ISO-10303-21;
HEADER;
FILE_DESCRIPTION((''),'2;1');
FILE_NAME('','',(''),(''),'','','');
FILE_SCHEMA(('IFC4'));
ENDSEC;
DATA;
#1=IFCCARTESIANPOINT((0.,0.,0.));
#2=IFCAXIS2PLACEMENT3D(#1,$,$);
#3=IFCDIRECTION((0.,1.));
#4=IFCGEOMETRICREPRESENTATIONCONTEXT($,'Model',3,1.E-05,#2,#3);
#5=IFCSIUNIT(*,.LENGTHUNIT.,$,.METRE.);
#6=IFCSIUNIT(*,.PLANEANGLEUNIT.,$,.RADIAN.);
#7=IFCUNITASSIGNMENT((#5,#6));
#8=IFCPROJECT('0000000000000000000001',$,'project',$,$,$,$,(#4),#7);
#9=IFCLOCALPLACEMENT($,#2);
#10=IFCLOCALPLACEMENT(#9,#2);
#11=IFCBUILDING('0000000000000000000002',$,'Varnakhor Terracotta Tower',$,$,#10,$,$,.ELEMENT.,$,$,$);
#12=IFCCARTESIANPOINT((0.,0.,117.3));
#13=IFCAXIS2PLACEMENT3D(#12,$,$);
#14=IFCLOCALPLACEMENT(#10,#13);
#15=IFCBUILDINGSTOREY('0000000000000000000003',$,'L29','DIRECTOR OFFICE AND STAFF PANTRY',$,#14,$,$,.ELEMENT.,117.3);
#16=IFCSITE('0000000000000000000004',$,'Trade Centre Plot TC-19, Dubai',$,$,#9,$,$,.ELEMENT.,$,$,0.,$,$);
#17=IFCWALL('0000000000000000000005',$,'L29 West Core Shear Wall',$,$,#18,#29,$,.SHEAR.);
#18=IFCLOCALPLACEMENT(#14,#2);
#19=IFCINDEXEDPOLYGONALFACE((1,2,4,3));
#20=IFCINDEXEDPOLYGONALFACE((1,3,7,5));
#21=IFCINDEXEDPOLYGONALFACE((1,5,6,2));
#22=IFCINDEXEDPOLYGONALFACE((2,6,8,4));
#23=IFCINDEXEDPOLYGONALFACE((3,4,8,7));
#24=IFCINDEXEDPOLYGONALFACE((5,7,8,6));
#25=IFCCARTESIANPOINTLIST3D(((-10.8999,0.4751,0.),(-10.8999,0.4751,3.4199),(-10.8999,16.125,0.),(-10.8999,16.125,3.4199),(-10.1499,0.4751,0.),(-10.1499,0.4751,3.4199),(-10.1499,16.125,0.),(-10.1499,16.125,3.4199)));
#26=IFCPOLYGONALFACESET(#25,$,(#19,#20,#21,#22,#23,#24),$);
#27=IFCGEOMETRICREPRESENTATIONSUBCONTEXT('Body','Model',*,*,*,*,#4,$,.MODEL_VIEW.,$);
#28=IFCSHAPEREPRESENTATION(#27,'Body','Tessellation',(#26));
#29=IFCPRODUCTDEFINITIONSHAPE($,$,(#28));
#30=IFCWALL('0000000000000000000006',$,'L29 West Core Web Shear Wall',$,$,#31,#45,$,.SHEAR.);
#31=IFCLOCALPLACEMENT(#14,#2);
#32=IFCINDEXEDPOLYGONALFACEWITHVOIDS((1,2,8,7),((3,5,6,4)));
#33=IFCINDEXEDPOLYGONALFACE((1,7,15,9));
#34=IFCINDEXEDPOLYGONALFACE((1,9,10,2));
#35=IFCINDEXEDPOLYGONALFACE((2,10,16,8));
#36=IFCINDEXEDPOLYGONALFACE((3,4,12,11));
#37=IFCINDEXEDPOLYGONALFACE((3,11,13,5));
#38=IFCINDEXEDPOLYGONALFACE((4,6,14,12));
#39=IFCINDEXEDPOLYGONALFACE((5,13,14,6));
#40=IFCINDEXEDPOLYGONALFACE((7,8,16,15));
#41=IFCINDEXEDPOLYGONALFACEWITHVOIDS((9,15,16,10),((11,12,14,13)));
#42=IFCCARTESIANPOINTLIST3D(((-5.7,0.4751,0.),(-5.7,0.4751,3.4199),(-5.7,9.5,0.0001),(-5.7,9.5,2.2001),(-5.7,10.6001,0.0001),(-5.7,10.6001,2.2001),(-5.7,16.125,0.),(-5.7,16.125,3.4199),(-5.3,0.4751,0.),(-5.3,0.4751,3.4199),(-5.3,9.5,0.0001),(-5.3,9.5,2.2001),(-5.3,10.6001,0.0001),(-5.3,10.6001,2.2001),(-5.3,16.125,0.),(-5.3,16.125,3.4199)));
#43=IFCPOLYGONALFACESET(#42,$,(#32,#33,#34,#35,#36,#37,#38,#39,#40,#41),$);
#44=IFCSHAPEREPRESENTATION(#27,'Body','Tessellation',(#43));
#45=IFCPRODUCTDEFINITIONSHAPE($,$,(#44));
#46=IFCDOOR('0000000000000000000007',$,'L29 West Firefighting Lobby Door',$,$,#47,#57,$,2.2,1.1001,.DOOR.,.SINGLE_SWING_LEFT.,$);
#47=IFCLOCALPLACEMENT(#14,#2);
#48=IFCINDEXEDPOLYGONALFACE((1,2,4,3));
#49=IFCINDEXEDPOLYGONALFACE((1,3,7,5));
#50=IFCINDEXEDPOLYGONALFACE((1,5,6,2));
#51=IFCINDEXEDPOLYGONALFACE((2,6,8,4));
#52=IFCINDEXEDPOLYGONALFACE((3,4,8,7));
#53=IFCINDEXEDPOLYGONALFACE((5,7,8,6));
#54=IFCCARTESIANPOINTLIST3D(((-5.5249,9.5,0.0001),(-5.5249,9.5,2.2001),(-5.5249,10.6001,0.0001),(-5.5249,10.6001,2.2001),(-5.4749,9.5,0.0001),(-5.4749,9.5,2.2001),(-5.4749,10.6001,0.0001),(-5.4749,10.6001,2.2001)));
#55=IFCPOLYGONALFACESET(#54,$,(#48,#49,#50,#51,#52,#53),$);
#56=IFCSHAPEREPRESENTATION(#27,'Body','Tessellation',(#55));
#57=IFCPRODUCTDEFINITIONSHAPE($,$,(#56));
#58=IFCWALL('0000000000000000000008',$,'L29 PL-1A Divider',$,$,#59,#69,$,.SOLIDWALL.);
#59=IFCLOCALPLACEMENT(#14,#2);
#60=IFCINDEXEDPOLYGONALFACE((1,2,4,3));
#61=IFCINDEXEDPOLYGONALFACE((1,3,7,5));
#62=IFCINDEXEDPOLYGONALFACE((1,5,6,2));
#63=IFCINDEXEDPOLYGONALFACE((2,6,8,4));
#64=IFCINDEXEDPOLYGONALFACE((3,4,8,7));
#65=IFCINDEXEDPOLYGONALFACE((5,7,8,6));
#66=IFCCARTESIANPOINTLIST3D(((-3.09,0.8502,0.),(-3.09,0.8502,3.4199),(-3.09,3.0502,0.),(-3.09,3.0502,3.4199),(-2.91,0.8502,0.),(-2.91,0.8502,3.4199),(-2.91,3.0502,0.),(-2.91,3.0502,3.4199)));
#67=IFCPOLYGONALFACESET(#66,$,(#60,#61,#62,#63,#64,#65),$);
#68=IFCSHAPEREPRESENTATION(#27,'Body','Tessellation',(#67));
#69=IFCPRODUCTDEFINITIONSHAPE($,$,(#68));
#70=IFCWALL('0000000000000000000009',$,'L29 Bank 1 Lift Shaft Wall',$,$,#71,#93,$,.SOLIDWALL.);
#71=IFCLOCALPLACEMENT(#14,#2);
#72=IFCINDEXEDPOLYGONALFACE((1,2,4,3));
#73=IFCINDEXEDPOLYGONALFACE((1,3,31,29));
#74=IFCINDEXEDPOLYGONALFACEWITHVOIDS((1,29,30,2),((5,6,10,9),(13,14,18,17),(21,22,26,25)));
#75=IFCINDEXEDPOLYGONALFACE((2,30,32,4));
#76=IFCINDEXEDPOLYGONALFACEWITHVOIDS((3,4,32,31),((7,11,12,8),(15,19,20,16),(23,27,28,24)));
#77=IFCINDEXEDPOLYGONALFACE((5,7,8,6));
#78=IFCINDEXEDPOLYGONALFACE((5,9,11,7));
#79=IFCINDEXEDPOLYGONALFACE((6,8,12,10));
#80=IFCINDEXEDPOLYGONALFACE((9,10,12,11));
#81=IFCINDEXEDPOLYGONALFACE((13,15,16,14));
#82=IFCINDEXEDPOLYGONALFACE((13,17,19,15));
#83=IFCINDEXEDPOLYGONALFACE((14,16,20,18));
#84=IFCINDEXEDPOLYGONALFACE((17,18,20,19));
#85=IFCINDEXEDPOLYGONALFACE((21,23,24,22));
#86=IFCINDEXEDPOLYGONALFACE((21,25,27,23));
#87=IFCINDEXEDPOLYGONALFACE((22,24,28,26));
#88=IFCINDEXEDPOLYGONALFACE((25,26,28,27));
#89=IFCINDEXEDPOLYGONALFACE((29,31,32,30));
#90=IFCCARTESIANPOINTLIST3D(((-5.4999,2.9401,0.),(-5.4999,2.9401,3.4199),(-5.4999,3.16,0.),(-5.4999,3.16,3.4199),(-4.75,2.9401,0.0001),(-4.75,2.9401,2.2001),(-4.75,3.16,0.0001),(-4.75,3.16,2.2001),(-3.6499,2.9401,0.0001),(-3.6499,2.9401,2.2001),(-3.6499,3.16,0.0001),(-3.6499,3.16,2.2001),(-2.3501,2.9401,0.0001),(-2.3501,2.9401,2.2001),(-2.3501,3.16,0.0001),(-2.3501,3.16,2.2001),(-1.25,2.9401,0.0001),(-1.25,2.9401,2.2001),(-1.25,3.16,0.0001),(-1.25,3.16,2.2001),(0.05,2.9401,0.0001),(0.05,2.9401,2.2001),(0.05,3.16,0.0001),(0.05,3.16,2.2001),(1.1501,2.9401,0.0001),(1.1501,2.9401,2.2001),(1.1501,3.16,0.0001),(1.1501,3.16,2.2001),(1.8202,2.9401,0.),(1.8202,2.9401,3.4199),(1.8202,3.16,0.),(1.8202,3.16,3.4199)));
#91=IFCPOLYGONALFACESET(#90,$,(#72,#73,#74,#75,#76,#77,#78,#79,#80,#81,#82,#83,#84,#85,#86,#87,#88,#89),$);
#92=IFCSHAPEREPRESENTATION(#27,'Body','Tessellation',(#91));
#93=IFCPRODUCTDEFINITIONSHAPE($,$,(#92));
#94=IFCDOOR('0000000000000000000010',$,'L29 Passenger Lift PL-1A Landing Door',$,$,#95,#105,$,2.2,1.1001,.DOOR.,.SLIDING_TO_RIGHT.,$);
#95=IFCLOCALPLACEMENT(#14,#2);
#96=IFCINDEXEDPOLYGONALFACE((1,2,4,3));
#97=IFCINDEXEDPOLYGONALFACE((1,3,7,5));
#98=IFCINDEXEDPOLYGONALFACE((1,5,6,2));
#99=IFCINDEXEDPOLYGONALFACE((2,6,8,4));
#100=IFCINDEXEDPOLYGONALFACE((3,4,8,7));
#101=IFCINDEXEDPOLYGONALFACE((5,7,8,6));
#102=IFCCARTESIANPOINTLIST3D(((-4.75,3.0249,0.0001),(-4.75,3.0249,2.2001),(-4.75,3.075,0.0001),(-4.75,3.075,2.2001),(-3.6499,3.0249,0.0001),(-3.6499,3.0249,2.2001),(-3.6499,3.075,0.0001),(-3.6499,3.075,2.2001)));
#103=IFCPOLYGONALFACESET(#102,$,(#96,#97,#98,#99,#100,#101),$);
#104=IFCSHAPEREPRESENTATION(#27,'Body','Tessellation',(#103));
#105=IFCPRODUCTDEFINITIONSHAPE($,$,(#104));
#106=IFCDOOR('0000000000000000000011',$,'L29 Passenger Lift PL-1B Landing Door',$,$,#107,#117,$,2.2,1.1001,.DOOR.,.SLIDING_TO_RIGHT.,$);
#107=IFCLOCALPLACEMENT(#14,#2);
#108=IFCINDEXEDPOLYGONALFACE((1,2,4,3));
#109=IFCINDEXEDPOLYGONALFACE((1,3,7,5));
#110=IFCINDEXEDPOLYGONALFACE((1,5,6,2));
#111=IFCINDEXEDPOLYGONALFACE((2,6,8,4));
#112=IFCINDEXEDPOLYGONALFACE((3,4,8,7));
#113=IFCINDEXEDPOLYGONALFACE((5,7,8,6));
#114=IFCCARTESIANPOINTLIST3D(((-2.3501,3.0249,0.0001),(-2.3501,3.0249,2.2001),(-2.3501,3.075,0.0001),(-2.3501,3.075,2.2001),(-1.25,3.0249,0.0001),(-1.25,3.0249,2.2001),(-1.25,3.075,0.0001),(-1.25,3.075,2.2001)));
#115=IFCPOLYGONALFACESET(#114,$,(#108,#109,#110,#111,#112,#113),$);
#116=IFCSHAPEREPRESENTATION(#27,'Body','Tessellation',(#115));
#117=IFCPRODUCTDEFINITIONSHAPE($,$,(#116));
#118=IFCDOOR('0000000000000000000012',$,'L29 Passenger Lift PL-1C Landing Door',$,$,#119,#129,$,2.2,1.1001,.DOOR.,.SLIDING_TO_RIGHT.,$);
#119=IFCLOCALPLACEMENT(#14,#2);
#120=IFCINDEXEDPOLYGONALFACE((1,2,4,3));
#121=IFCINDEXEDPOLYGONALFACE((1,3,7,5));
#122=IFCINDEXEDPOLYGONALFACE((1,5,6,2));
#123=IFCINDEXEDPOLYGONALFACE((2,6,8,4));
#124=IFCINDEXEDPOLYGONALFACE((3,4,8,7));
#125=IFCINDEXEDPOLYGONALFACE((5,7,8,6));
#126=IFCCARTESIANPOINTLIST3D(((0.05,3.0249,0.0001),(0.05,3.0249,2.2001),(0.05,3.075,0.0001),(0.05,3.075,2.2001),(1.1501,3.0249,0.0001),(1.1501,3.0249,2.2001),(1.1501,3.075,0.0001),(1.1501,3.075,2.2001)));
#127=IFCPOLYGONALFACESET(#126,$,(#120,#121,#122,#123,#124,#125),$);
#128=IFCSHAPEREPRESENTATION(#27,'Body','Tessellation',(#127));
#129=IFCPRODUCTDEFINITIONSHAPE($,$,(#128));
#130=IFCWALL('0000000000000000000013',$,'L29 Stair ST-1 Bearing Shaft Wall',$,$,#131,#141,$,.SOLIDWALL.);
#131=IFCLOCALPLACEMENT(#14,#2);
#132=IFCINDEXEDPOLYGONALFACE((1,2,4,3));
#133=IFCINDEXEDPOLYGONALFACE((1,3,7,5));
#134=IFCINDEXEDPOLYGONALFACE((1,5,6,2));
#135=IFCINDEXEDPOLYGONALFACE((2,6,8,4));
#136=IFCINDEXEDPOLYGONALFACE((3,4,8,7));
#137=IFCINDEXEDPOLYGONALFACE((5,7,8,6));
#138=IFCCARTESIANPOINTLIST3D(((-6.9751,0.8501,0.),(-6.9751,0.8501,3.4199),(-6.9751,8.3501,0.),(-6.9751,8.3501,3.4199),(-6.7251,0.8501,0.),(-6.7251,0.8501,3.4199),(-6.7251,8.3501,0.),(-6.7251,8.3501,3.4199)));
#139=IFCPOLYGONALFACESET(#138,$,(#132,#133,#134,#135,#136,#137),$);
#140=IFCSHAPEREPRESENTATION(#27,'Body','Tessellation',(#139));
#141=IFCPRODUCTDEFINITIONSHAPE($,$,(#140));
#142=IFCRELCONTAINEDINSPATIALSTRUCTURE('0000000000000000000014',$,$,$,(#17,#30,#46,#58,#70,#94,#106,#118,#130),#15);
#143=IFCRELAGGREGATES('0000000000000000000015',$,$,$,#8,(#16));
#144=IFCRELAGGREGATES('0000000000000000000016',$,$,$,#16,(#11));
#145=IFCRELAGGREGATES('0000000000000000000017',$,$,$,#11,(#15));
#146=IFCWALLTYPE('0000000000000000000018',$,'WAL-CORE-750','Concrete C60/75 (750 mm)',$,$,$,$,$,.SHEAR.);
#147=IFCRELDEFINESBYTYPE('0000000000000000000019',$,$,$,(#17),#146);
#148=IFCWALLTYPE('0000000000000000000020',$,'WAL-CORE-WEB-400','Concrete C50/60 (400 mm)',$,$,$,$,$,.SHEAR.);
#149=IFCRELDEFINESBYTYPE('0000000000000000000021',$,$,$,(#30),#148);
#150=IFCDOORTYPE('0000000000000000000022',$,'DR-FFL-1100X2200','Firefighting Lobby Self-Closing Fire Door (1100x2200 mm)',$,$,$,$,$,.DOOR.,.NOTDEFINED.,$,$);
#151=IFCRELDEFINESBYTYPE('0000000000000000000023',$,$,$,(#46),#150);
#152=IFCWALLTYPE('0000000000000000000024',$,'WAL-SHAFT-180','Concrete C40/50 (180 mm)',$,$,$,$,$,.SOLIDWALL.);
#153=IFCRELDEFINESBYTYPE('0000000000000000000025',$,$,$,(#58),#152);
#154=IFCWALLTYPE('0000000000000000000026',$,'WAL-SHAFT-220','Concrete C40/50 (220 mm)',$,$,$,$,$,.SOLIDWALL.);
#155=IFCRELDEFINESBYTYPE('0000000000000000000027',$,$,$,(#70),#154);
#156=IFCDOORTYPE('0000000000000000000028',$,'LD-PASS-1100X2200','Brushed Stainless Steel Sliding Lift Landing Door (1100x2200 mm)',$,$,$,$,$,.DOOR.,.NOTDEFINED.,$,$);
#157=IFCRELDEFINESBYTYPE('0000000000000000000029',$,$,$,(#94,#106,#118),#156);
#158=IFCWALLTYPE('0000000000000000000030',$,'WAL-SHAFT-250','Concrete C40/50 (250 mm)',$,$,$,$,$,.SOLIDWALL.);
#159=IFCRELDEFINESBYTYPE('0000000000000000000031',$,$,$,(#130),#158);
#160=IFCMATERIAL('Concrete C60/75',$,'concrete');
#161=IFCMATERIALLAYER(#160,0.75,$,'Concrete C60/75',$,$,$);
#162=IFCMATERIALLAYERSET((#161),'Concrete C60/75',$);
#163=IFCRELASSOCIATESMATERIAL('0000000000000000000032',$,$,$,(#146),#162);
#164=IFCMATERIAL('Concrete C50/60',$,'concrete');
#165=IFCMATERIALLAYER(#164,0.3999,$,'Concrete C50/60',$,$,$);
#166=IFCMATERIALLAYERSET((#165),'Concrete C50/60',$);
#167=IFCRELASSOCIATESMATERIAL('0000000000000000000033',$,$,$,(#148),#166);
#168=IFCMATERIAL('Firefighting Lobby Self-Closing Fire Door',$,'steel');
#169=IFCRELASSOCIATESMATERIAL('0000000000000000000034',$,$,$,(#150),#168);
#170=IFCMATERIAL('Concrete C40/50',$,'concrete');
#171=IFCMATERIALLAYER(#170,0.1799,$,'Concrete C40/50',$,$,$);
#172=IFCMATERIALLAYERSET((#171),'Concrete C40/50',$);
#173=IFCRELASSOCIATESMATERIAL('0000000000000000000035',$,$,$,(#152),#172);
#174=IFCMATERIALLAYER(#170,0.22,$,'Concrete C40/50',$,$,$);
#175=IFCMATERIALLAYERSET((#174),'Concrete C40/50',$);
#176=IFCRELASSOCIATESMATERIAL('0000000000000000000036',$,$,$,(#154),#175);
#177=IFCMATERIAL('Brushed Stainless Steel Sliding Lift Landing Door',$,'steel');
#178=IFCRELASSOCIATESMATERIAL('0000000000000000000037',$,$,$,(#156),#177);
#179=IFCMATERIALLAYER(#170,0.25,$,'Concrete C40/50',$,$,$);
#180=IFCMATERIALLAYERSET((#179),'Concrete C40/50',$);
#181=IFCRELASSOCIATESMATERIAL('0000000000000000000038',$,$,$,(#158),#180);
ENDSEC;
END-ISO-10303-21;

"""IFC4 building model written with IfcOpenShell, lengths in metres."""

from ifc_helpers import new_model, si_unit, direction, frame, frame_2d, origin, place, context, subcontext, project, spatial, rectangle, extrude, source, transform, mapped, material, layer, layer_set, type_object, type_shapes, element, fill, save


model = new_model("IFC4")

# Units and contexts
model_context = context("Model", 3, precision=1e-05, world=origin(), true_north=direction((0.0, 1.0)))
body_context = subcontext(model_context, "Body", "Model", "MODEL_VIEW")
ifc_project = project(units=[si_unit("LENGTHUNIT", "METRE"), si_unit("PLANEANGLEUNIT", "RADIAN")], contexts=[model_context])

# Site, building, storey
site_placement = place(None, origin())
site = spatial("IfcSite", under=ifc_project, at=site_placement, Name="Trade Centre Plot TC-19, Dubai", CompositionType="ELEMENT", RefElevation=0.0)
building_placement = place(site_placement, origin())
building = spatial("IfcBuilding", under=site, at=building_placement, Name="Varnakhor Terracotta Tower", CompositionType="ELEMENT")
storey_placement = place(building_placement, frame((0.0, 0.0, 117.3)))
storey = spatial("IfcBuildingStorey", under=building, at=storey_placement, Name="L29", Description="DIRECTOR OFFICE AND STAFF PANTRY", CompositionType="ELEMENT", Elevation=117.3)

# Shared definitions
ifc_material_1 = material(Name="Concrete C50/60", Category="concrete")

# Wall
ifc_material_2 = material(Name="Concrete C60/75", Category="concrete")
ifc_layer_1 = layer(ifc_material_2, 0.75, Name="Concrete C60/75")
ifc_layer_set_1 = layer_set([ifc_layer_1], Name="Concrete C60/75")
wall_type_1 = type_object("IfcWallType", Name="WAL-CORE-750", Description="Concrete C60/75 (750 mm)", PredefinedType="SHEAR", material=ifc_layer_set_1)
wall_1_placement = place(storey_placement, frame((-10.5249, 0.4751, 0.0), z_axis=(0.0, 0.0, 1.0), x_axis=(0.0, 1.0, 0.0)))
element("IfcWall", 1, at=wall_1_placement, inside=storey, type_object=wall_type_1, Name="L29 West Core Shear Wall", PredefinedType="SHEAR", context=body_context, shape_type="SweptSolid", body=[
    extrude(rectangle(XDim=15.6499, YDim=0.75, at=frame_2d((7.825, 0.0))), origin(), (0.0, 0.0, 1.0), 3.4199),
])

# Wall, opening, door
ifc_layer_2 = layer(ifc_material_1, 0.3999, Name="Concrete C50/60")
ifc_layer_set_2 = layer_set([ifc_layer_2], Name="Concrete C50/60")
wall_type_2 = type_object("IfcWallType", Name="WAL-CORE-WEB-400", Description="Concrete C50/60 (400 mm)", PredefinedType="SHEAR", material=ifc_layer_set_2)
wall_2_placement = place(storey_placement, frame((-5.5, 0.4751, 0.0), z_axis=(0.0, 0.0, 1.0), x_axis=(0.0, 1.0, 0.0)))
wall_2 = element("IfcWall", 2, at=wall_2_placement, inside=storey, type_object=wall_type_2, Name="L29 West Core Web Shear Wall", PredefinedType="SHEAR", context=body_context, shape_type="SweptSolid", body=[
    extrude(rectangle(XDim=15.6499, YDim=0.3999, at=frame_2d((7.825, 0.0))), origin(), (0.0, 0.0, 1.0), 3.4199),
])
opening_1_placement = place(wall_2_placement, frame((9.0249, 0.0, 0.0)))
opening_1 = element("IfcOpeningElement", 3, at=opening_1_placement, cuts=wall_2, PredefinedType="OPENING", context=body_context, shape_type="SweptSolid", body=[
    extrude(rectangle(XDim=1.1001, YDim=2.2, at=frame_2d((0.55, 1.1001))), frame((0.0, 0.21, 0.0), z_axis=(0.0, -1.0, 0.0), x_axis=(1.0, 0.0, 0.0)), (0.0, 0.0, 1.0), 0.4199),
])
ifc_material_3 = material(Name="Firefighting Lobby Self-Closing Fire Door", Category="steel")
door_type_1 = type_object("IfcDoorType", Name="DR-FFL-1100X2200", Description="Firefighting Lobby Self-Closing Fire Door (1100x2200 mm)", OperationType="NOTDEFINED", PredefinedType="DOOR", material=ifc_material_3)
shared_shape_1 = source(origin(), body_context, "Body", "SweptSolid", [
    extrude(rectangle(XDim=1.1001, YDim=2.2, at=frame_2d((0.55, 1.1001))), frame((0.0, 0.0249, 0.0), z_axis=(0.0, -1.0, 0.0), x_axis=(1.0, 0.0, 0.0)), (0.0, 0.0, 1.0), 0.05),
])
type_shapes(door_type_1, [shared_shape_1])
door_1_placement = place(opening_1_placement, origin())
door_1 = element("IfcDoor", 4, at=door_1_placement, inside=storey, type_object=door_type_1, Name="L29 West Firefighting Lobby Door", OperationType="SINGLE_SWING_LEFT", OverallHeight=2.2, OverallWidth=1.1001, PredefinedType="DOOR", context=body_context, shape_type="MappedRepresentation", body=[
    mapped(shared_shape_1, transform((0.0, 0.0, 0.0), scale=1.0)),
])
fill(opening_1, door_1)

# Wall
ifc_material_4 = material(Name="Concrete C40/50", Category="concrete")
ifc_layer_3 = layer(ifc_material_4, 0.1799, Name="Concrete C40/50")
ifc_layer_set_3 = layer_set([ifc_layer_3], Name="Concrete C40/50")
wall_type_3 = type_object("IfcWallType", Name="WAL-SHAFT-180", Description="Concrete C40/50 (180 mm)", PredefinedType="SOLIDWALL", material=ifc_layer_set_3)
wall_3_placement = place(storey_placement, frame((-3.0, 0.8501, 0.0), z_axis=(0.0, 0.0, 1.0), x_axis=(0.0, 1.0, 0.0)))
element("IfcWall", 5, at=wall_3_placement, inside=storey, type_object=wall_type_3, Name="L29 PL-1A Divider", PredefinedType="SOLIDWALL", context=body_context, shape_type="SweptSolid", body=[
    extrude(rectangle(XDim=2.2, YDim=0.1799, at=frame_2d((1.1001, 0.0))), origin(), (0.0, 0.0, 1.0), 3.4199),
])

# Wall, openings, doors
ifc_layer_4 = layer(ifc_material_4, 0.22, Name="Concrete C40/50")
ifc_layer_set_4 = layer_set([ifc_layer_4], Name="Concrete C40/50")
wall_type_4 = type_object("IfcWallType", Name="WAL-SHAFT-220", Description="Concrete C40/50 (220 mm)", PredefinedType="SOLIDWALL", material=ifc_layer_set_4)
wall_4_placement = place(storey_placement, frame((-5.5, 3.05, 0.0), z_axis=(0.0, 0.0, 1.0), x_axis=(1.0, 0.0, 0.0)))
wall_4 = element("IfcWall", 6, at=wall_4_placement, inside=storey, type_object=wall_type_4, Name="L29 Bank 1 Lift Shaft Wall", PredefinedType="SOLIDWALL", context=body_context, shape_type="SweptSolid", body=[
    extrude(rectangle(XDim=7.3201, YDim=0.22, at=frame_2d((3.6602, 0.0))), origin(), (0.0, 0.0, 1.0), 3.4199),
])
opening_2_placement = place(wall_4_placement, frame((0.75, 0.0, 0.0)))
opening_2 = element("IfcOpeningElement", 7, at=opening_2_placement, cuts=wall_4, PredefinedType="OPENING", context=body_context, shape_type="SweptSolid", body=[
    extrude(rectangle(XDim=1.1001, YDim=2.2, at=frame_2d((0.55, 1.1001))), frame((0.0, 0.1201, 0.0), z_axis=(0.0, -1.0, 0.0), x_axis=(1.0, 0.0, 0.0)), (0.0, 0.0, 1.0), 0.24),
])
opening_3_placement = place(wall_4_placement, frame((3.1499, 0.0, 0.0)))
opening_3 = element("IfcOpeningElement", 8, at=opening_3_placement, cuts=wall_4, PredefinedType="OPENING", context=body_context, shape_type="SweptSolid", body=[
    extrude(rectangle(XDim=1.1001, YDim=2.2, at=frame_2d((0.55, 1.1001))), frame((0.0, 0.1201, 0.0), z_axis=(0.0, -1.0, 0.0), x_axis=(1.0, 0.0, 0.0)), (0.0, 0.0, 1.0), 0.24),
])
opening_4_placement = place(wall_4_placement, frame((5.55, 0.0, 0.0)))
opening_4 = element("IfcOpeningElement", 9, at=opening_4_placement, cuts=wall_4, PredefinedType="OPENING", context=body_context, shape_type="SweptSolid", body=[
    extrude(rectangle(XDim=1.1001, YDim=2.2, at=frame_2d((0.55, 1.1001))), frame((0.0, 0.1201, 0.0), z_axis=(0.0, -1.0, 0.0), x_axis=(1.0, 0.0, 0.0)), (0.0, 0.0, 1.0), 0.24),
])
ifc_material_5 = material(Name="Brushed Stainless Steel Sliding Lift Landing Door", Category="steel")
door_type_2 = type_object("IfcDoorType", Name="LD-PASS-1100X2200", Description="Brushed Stainless Steel Sliding Lift Landing Door (1100x2200 mm)", OperationType="NOTDEFINED", PredefinedType="DOOR", material=ifc_material_5)
shared_shape_2 = source(origin(), body_context, "Body", "SweptSolid", [
    extrude(rectangle(XDim=1.1001, YDim=2.2, at=frame_2d((0.55, 1.1001))), frame((0.0, 0.0249, 0.0), z_axis=(0.0, -1.0, 0.0), x_axis=(1.0, 0.0, 0.0)), (0.0, 0.0, 1.0), 0.05),
])
type_shapes(door_type_2, [shared_shape_2])
door_2_placement = place(opening_2_placement, origin())
door_2 = element("IfcDoor", 10, at=door_2_placement, inside=storey, type_object=door_type_2, Name="L29 Passenger Lift PL-1A Landing Door", OperationType="SLIDING_TO_RIGHT", OverallHeight=2.2, OverallWidth=1.1001, PredefinedType="DOOR", context=body_context, shape_type="MappedRepresentation", body=[
    mapped(shared_shape_2, transform((0.0, 0.0, 0.0), scale=1.0)),
])
fill(opening_2, door_2)
door_3_placement = place(opening_3_placement, origin())
door_3 = element("IfcDoor", 11, at=door_3_placement, inside=storey, type_object=door_type_2, Name="L29 Passenger Lift PL-1B Landing Door", OperationType="SLIDING_TO_RIGHT", OverallHeight=2.2, OverallWidth=1.1001, PredefinedType="DOOR", context=body_context, shape_type="MappedRepresentation", body=[
    mapped(shared_shape_2, transform((0.0, 0.0, 0.0), scale=1.0)),
])
fill(opening_3, door_3)
door_4_placement = place(opening_4_placement, origin())
door_4 = element("IfcDoor", 12, at=door_4_placement, inside=storey, type_object=door_type_2, Name="L29 Passenger Lift PL-1C Landing Door", OperationType="SLIDING_TO_RIGHT", OverallHeight=2.2, OverallWidth=1.1001, PredefinedType="DOOR", context=body_context, shape_type="MappedRepresentation", body=[
    mapped(shared_shape_2, transform((0.0, 0.0, 0.0), scale=1.0)),
])
fill(opening_4, door_4)

# Wall
ifc_layer_5 = layer(ifc_material_4, 0.25, Name="Concrete C40/50")
ifc_layer_set_5 = layer_set([ifc_layer_5], Name="Concrete C40/50")
wall_type_5 = type_object("IfcWallType", Name="WAL-SHAFT-250", Description="Concrete C40/50 (250 mm)", PredefinedType="SOLIDWALL", material=ifc_layer_set_5)
wall_5_placement = place(storey_placement, frame((-6.8501, 0.8501, 0.0), z_axis=(0.0, 0.0, 1.0), x_axis=(0.0, 1.0, 0.0)))
element("IfcWall", 13, at=wall_5_placement, inside=storey, type_object=wall_type_5, Name="L29 Stair ST-1 Bearing Shaft Wall", PredefinedType="SOLIDWALL", context=body_context, shape_type="SweptSolid", body=[
    extrude(rectangle(XDim=7.5, YDim=0.25, at=frame_2d((3.75, 0.0))), origin(), (0.0, 0.0, 1.0), 3.4199),
])

save(model, "model.ifc")
